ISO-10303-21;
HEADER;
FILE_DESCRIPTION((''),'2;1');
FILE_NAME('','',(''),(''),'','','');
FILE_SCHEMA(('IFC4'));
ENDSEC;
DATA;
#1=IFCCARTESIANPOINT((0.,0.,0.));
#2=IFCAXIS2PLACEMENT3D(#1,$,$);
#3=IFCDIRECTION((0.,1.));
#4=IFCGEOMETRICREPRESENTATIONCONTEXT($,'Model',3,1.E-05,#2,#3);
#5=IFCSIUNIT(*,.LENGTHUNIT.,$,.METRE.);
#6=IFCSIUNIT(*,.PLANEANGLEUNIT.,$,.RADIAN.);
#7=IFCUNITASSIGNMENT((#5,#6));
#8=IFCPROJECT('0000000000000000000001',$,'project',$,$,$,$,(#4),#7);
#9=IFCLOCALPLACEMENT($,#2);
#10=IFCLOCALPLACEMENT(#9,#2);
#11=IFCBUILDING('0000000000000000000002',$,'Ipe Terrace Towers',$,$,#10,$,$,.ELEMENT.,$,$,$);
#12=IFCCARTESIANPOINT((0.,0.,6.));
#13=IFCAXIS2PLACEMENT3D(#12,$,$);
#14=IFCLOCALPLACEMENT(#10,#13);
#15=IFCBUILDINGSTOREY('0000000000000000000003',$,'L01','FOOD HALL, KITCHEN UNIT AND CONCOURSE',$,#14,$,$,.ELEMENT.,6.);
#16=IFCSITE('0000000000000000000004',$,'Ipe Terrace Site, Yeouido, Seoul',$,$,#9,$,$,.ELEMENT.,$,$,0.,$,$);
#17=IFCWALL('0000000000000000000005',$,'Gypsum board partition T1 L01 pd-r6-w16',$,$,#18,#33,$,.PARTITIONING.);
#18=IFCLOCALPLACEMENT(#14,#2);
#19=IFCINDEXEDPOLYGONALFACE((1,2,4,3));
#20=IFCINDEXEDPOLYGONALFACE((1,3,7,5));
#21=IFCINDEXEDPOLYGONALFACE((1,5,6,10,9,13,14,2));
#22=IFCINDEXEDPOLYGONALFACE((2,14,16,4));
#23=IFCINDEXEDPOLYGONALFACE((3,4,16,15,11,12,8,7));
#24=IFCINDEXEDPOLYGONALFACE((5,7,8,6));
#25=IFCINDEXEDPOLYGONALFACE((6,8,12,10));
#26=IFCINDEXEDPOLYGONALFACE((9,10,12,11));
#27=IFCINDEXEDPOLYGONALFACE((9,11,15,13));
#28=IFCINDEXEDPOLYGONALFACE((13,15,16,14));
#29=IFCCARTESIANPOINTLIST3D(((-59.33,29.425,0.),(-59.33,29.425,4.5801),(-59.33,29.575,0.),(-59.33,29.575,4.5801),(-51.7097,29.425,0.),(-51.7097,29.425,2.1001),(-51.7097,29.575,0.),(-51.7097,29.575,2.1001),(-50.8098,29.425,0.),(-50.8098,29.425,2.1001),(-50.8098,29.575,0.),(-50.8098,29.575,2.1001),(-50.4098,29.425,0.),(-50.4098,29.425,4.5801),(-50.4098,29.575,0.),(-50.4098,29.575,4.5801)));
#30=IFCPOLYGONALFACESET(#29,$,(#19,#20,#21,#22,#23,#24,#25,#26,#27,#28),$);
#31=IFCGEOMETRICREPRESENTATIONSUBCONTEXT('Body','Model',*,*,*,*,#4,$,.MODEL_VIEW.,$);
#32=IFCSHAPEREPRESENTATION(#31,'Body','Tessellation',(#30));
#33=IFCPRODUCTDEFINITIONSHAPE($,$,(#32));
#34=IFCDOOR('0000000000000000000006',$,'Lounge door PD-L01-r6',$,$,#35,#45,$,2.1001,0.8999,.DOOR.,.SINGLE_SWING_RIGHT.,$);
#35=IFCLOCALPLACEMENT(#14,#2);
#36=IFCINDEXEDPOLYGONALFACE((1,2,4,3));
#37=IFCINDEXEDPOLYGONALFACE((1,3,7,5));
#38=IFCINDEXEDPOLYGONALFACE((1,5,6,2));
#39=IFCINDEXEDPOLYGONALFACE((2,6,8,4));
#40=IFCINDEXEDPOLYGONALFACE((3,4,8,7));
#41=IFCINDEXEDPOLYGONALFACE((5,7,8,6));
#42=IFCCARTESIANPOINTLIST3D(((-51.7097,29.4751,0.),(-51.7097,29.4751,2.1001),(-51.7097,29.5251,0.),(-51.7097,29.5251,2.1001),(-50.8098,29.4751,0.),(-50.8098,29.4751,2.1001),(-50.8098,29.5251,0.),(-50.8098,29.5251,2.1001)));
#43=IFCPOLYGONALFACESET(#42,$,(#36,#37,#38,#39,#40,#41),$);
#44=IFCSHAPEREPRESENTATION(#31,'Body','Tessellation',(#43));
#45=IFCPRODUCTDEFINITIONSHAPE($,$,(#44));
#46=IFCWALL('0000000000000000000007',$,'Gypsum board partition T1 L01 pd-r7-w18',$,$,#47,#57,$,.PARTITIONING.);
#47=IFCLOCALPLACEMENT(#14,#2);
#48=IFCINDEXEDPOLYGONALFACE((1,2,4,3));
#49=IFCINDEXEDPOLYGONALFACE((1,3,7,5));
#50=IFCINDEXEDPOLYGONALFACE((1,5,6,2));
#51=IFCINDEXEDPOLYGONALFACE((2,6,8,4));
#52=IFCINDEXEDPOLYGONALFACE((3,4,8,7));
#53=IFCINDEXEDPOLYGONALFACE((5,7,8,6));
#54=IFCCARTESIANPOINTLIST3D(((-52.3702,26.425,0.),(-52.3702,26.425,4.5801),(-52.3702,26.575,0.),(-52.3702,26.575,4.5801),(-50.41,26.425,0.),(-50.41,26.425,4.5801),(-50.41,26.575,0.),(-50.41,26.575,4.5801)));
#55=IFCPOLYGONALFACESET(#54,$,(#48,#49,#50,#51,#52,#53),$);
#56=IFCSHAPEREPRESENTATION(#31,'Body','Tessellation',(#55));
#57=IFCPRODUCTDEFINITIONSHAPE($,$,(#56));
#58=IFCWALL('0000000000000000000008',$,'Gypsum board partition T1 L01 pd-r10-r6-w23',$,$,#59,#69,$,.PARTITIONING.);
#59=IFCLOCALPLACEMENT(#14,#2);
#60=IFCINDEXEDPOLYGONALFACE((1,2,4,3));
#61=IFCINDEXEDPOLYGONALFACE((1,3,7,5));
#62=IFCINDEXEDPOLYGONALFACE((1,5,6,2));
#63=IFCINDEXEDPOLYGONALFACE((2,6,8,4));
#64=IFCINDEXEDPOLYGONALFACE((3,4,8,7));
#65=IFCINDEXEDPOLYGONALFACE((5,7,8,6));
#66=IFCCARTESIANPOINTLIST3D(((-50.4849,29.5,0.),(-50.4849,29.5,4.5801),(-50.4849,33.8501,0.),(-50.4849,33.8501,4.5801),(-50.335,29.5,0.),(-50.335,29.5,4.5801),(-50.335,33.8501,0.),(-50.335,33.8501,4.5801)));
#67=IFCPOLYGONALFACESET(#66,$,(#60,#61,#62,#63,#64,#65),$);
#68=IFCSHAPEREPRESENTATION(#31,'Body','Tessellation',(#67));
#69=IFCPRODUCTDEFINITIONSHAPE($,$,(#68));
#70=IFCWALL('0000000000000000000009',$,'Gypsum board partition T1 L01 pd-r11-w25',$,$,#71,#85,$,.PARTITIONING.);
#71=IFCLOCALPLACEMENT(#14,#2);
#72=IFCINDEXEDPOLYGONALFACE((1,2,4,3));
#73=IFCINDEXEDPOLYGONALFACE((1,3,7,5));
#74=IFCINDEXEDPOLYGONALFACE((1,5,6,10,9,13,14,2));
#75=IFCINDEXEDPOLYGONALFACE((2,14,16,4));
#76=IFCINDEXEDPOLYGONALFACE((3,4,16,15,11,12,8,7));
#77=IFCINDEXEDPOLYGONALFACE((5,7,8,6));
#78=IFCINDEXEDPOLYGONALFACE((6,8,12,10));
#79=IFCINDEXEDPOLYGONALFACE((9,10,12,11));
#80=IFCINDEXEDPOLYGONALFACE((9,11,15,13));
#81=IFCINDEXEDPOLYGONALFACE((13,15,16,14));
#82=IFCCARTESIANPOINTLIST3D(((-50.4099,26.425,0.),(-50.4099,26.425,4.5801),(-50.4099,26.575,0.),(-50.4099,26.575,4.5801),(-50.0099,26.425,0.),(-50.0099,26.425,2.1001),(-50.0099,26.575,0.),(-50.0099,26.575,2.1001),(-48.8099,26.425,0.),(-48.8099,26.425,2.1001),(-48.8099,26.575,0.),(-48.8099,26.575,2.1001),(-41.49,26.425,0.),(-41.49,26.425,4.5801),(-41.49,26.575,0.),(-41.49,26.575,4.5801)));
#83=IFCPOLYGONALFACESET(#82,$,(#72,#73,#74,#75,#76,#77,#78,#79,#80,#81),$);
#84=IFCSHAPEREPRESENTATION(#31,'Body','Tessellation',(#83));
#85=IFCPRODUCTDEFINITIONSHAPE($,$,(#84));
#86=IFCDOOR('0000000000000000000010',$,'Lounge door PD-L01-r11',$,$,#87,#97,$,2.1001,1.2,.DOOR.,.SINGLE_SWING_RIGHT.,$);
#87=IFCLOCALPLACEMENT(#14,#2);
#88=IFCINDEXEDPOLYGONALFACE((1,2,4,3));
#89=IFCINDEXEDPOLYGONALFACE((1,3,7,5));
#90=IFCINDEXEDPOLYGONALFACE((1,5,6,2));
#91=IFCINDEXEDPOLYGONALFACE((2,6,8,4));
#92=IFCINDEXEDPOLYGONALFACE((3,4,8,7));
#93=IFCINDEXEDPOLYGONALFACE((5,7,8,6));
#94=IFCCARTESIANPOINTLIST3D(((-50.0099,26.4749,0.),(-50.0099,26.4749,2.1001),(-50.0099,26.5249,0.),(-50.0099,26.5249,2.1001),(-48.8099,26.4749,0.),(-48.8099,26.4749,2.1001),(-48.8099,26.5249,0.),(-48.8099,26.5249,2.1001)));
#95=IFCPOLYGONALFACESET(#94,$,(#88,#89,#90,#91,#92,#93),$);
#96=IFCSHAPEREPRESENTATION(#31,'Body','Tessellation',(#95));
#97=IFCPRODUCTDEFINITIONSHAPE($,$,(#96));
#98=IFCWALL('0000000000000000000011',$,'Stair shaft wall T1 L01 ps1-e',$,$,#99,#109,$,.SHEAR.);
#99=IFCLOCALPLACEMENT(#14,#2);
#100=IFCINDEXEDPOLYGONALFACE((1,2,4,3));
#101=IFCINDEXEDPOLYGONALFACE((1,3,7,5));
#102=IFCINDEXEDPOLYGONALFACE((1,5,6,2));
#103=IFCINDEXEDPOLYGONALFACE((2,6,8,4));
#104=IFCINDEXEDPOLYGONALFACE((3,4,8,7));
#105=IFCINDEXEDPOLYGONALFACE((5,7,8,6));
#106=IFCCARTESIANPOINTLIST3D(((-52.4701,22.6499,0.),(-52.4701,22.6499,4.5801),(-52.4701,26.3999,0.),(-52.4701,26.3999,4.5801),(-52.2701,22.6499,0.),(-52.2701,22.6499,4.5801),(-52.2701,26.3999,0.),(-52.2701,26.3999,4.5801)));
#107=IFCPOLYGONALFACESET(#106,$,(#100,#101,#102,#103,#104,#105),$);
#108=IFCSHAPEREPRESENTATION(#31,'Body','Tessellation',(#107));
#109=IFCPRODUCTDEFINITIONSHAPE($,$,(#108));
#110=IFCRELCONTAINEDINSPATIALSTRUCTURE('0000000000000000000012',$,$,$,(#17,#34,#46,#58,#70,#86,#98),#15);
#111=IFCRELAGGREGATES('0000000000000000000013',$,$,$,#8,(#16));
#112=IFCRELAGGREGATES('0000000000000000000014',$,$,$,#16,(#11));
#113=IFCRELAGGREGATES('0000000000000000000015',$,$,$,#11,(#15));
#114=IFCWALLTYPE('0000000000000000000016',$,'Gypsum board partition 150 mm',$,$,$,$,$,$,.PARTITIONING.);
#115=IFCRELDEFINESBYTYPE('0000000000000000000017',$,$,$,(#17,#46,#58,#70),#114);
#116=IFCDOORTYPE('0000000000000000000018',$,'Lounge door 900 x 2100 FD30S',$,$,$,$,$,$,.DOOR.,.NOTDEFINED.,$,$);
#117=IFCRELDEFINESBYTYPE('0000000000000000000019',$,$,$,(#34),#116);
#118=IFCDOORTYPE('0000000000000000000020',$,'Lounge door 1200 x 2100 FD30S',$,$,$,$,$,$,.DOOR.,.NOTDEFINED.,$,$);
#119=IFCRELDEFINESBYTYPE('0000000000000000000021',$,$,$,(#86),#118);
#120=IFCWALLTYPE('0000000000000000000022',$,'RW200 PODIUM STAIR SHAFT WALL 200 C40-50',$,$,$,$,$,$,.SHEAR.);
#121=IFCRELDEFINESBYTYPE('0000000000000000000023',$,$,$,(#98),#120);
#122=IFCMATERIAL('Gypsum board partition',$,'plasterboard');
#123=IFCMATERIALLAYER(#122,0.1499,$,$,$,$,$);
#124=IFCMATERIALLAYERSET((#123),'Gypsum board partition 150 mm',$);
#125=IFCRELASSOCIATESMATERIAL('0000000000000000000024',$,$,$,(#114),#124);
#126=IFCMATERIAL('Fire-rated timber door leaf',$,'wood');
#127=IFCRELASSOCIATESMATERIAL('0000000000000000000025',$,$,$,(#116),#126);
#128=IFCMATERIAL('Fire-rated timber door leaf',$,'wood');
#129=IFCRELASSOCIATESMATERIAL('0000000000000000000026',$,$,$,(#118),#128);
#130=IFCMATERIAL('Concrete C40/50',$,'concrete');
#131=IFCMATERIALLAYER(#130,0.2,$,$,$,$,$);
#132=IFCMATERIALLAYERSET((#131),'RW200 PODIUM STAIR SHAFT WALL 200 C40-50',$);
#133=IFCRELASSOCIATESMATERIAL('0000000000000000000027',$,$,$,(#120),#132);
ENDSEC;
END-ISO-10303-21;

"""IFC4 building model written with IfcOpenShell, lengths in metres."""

from ifc_helpers import new_model, si_unit, direction, frame, frame_2d, origin, place, context, subcontext, project, spatial, rectangle, extrude, material, layer, layer_set, type_object, element, fill, save


model = new_model("IFC4")

# Units and contexts
model_context = context("Model", 3, precision=1e-05, world=origin(), true_north=direction((0.0, 1.0)))
body_context = subcontext(model_context, "Body", "Model", "MODEL_VIEW")
ifc_project = project(units=[si_unit("LENGTHUNIT", "METRE"), si_unit("PLANEANGLEUNIT", "RADIAN")], contexts=[model_context])

# Site, building, storey
site_placement = place(None, origin())
site = spatial("IfcSite", under=ifc_project, at=site_placement, Name="Ipe Terrace Site, Yeouido, Seoul", CompositionType="ELEMENT", RefElevation=0.0)
building_placement = place(site_placement, origin())
building = spatial("IfcBuilding", under=site, at=building_placement, Name="Ipe Terrace Towers", CompositionType="ELEMENT")
storey_placement = place(building_placement, frame((0.0, 0.0, 6.0)))
storey = spatial("IfcBuildingStorey", under=building, at=storey_placement, Name="L01", Description="FOOD HALL, KITCHEN UNIT AND CONCOURSE", CompositionType="ELEMENT", Elevation=6.0)

# Wall, opening, door
ifc_material_1 = material(Name="Gypsum board partition", Category="plasterboard")
ifc_layer_1 = layer(ifc_material_1, 0.1499)
ifc_layer_set_1 = layer_set([ifc_layer_1], Name="Gypsum board partition 150 mm")
wall_type_1 = type_object("IfcWallType", Name="Gypsum board partition 150 mm", PredefinedType="PARTITIONING", material=ifc_layer_set_1)
wall_1_placement = place(storey_placement, frame((-50.4099, 29.5, 0.0), z_axis=(0.0, 0.0, 1.0), x_axis=(-1.0, 0.0, 0.0)))
wall_1 = element("IfcWall", 1, at=wall_1_placement, inside=storey, type_object=wall_type_1, Name="Gypsum board partition T1 L01 pd-r6-w16", PredefinedType="PARTITIONING", context=body_context, shape_type="SweptSolid", body=[
    extrude(rectangle(XDim=8.9202, YDim=0.1499, at=frame_2d((4.46, 0.0))), origin(), (0.0, 0.0, 1.0), 4.5801),
])
opening_1_placement = place(wall_1_placement, frame((0.3999, 0.0, 0.0)))
opening_1 = element("IfcOpeningElement", 2, at=opening_1_placement, cuts=wall_1, PredefinedType="OPENING", context=body_context, shape_type="SweptSolid", body=[
    extrude(rectangle(XDim=0.8999, YDim=2.1001, at=frame_2d((0.45, 1.05))), frame((0.0, 0.085, 0.0), z_axis=(0.0, -1.0, 0.0), x_axis=(1.0, 0.0, 0.0)), (0.0, 0.0, 1.0), 0.1699),
])
ifc_material_2 = material(Name="Fire-rated timber door leaf", Category="wood")
door_type_1 = type_object("IfcDoorType", Name="Lounge door 900 x 2100 FD30S", OperationType="NOTDEFINED", PredefinedType="DOOR", material=ifc_material_2)
door_1_placement = place(opening_1_placement, origin())
door_1 = element("IfcDoor", 3, at=door_1_placement, inside=storey, type_object=door_type_1, Name="Lounge door PD-L01-r6", OperationType="SINGLE_SWING_RIGHT", OverallHeight=2.1001, OverallWidth=0.8999, PredefinedType="DOOR", context=body_context, shape_type="SweptSolid", body=[
    extrude(rectangle(XDim=0.8999, YDim=2.1001, at=frame_2d((0.45, 1.05))), frame((0.0, 0.0249, 0.0), z_axis=(0.0, -1.0, 0.0), x_axis=(1.0, 0.0, 0.0)), (0.0, 0.0, 1.0), 0.05),
])
fill(opening_1, door_1)

# Walls
wall_2_placement = place(storey_placement, frame((-52.3701, 26.5, 0.0), z_axis=(0.0, 0.0, 1.0), x_axis=(1.0, 0.0, 0.0)))
element("IfcWall", 4, at=wall_2_placement, inside=storey, type_object=wall_type_1, Name="Gypsum board partition T1 L01 pd-r7-w18", PredefinedType="PARTITIONING", context=body_context, shape_type="SweptSolid", body=[
    extrude(rectangle(XDim=1.9602, YDim=0.1499, at=frame_2d((0.98, 0.0))), origin(), (0.0, 0.0, 1.0), 4.5801),
])
wall_3_placement = place(storey_placement, frame((-50.4099, 29.5, 0.0), z_axis=(0.0, 0.0, 1.0), x_axis=(0.0, 1.0, 0.0)))
element("IfcWall", 5, at=wall_3_placement, inside=storey, type_object=wall_type_1, Name="Gypsum board partition T1 L01 pd-r10-r6-w23", PredefinedType="PARTITIONING", context=body_context, shape_type="SweptSolid", body=[
    extrude(rectangle(XDim=4.3501, YDim=0.1499, at=frame_2d((2.175, 0.0))), origin(), (0.0, 0.0, 1.0), 4.5801),
])

# Wall, opening, door
wall_4_placement = place(storey_placement, frame((-50.4099, 26.5, 0.0), z_axis=(0.0, 0.0, 1.0), x_axis=(1.0, 0.0, 0.0)))
wall_4 = element("IfcWall", 6, at=wall_4_placement, inside=storey, type_object=wall_type_1, Name="Gypsum board partition T1 L01 pd-r11-w25", PredefinedType="PARTITIONING", context=body_context, shape_type="SweptSolid", body=[
    extrude(rectangle(XDim=8.9199, YDim=0.1499, at=frame_2d((4.46, 0.0))), origin(), (0.0, 0.0, 1.0), 4.5801),
])
opening_2_placement = place(wall_4_placement, frame((0.3999, 0.0, 0.0)))
opening_2 = element("IfcOpeningElement", 7, at=opening_2_placement, cuts=wall_4, PredefinedType="OPENING", context=body_context, shape_type="SweptSolid", body=[
    extrude(rectangle(XDim=1.2, YDim=2.1001, at=frame_2d((0.6001, 1.05))), frame((0.0, 0.085, 0.0), z_axis=(0.0, -1.0, 0.0), x_axis=(1.0, 0.0, 0.0)), (0.0, 0.0, 1.0), 0.1699),
])
ifc_material_3 = material(Name="Fire-rated timber door leaf", Category="wood")
door_type_2 = type_object("IfcDoorType", Name="Lounge door 1200 x 2100 FD30S", OperationType="NOTDEFINED", PredefinedType="DOOR", material=ifc_material_3)
door_2_placement = place(opening_2_placement, origin())
door_2 = element("IfcDoor", 8, at=door_2_placement, inside=storey, type_object=door_type_2, Name="Lounge door PD-L01-r11", OperationType="SINGLE_SWING_RIGHT", OverallHeight=2.1001, OverallWidth=1.2, PredefinedType="DOOR", context=body_context, shape_type="SweptSolid", body=[
    extrude(rectangle(XDim=1.2, YDim=2.1001, at=frame_2d((0.6001, 1.05))), frame((0.0, 0.0249, 0.0), z_axis=(0.0, -1.0, 0.0), x_axis=(1.0, 0.0, 0.0)), (0.0, 0.0, 1.0), 0.05),
])
fill(opening_2, door_2)

# Wall
ifc_material_4 = material(Name="Concrete C40/50", Category="concrete")
ifc_layer_2 = layer(ifc_material_4, 0.2)
ifc_layer_set_2 = layer_set([ifc_layer_2], Name="RW200 PODIUM STAIR SHAFT WALL 200 C40-50")
wall_type_2 = type_object("IfcWallType", Name="RW200 PODIUM STAIR SHAFT WALL 200 C40-50", PredefinedType="SHEAR", material=ifc_layer_set_2)
wall_5_placement = place(storey_placement, frame((-52.3701, 22.6499, 0.0), z_axis=(0.0, 0.0, 1.0), x_axis=(0.0, 1.0, 0.0)))
element("IfcWall", 9, at=wall_5_placement, inside=storey, type_object=wall_type_2, Name="Stair shaft wall T1 L01 ps1-e", PredefinedType="SHEAR", context=body_context, shape_type="SweptSolid", body=[
    extrude(rectangle(XDim=3.75, YDim=0.2, at=frame_2d((1.875, 0.0))), origin(), (0.0, 0.0, 1.0), 4.5801),
])

save(model, "model.ifc")
